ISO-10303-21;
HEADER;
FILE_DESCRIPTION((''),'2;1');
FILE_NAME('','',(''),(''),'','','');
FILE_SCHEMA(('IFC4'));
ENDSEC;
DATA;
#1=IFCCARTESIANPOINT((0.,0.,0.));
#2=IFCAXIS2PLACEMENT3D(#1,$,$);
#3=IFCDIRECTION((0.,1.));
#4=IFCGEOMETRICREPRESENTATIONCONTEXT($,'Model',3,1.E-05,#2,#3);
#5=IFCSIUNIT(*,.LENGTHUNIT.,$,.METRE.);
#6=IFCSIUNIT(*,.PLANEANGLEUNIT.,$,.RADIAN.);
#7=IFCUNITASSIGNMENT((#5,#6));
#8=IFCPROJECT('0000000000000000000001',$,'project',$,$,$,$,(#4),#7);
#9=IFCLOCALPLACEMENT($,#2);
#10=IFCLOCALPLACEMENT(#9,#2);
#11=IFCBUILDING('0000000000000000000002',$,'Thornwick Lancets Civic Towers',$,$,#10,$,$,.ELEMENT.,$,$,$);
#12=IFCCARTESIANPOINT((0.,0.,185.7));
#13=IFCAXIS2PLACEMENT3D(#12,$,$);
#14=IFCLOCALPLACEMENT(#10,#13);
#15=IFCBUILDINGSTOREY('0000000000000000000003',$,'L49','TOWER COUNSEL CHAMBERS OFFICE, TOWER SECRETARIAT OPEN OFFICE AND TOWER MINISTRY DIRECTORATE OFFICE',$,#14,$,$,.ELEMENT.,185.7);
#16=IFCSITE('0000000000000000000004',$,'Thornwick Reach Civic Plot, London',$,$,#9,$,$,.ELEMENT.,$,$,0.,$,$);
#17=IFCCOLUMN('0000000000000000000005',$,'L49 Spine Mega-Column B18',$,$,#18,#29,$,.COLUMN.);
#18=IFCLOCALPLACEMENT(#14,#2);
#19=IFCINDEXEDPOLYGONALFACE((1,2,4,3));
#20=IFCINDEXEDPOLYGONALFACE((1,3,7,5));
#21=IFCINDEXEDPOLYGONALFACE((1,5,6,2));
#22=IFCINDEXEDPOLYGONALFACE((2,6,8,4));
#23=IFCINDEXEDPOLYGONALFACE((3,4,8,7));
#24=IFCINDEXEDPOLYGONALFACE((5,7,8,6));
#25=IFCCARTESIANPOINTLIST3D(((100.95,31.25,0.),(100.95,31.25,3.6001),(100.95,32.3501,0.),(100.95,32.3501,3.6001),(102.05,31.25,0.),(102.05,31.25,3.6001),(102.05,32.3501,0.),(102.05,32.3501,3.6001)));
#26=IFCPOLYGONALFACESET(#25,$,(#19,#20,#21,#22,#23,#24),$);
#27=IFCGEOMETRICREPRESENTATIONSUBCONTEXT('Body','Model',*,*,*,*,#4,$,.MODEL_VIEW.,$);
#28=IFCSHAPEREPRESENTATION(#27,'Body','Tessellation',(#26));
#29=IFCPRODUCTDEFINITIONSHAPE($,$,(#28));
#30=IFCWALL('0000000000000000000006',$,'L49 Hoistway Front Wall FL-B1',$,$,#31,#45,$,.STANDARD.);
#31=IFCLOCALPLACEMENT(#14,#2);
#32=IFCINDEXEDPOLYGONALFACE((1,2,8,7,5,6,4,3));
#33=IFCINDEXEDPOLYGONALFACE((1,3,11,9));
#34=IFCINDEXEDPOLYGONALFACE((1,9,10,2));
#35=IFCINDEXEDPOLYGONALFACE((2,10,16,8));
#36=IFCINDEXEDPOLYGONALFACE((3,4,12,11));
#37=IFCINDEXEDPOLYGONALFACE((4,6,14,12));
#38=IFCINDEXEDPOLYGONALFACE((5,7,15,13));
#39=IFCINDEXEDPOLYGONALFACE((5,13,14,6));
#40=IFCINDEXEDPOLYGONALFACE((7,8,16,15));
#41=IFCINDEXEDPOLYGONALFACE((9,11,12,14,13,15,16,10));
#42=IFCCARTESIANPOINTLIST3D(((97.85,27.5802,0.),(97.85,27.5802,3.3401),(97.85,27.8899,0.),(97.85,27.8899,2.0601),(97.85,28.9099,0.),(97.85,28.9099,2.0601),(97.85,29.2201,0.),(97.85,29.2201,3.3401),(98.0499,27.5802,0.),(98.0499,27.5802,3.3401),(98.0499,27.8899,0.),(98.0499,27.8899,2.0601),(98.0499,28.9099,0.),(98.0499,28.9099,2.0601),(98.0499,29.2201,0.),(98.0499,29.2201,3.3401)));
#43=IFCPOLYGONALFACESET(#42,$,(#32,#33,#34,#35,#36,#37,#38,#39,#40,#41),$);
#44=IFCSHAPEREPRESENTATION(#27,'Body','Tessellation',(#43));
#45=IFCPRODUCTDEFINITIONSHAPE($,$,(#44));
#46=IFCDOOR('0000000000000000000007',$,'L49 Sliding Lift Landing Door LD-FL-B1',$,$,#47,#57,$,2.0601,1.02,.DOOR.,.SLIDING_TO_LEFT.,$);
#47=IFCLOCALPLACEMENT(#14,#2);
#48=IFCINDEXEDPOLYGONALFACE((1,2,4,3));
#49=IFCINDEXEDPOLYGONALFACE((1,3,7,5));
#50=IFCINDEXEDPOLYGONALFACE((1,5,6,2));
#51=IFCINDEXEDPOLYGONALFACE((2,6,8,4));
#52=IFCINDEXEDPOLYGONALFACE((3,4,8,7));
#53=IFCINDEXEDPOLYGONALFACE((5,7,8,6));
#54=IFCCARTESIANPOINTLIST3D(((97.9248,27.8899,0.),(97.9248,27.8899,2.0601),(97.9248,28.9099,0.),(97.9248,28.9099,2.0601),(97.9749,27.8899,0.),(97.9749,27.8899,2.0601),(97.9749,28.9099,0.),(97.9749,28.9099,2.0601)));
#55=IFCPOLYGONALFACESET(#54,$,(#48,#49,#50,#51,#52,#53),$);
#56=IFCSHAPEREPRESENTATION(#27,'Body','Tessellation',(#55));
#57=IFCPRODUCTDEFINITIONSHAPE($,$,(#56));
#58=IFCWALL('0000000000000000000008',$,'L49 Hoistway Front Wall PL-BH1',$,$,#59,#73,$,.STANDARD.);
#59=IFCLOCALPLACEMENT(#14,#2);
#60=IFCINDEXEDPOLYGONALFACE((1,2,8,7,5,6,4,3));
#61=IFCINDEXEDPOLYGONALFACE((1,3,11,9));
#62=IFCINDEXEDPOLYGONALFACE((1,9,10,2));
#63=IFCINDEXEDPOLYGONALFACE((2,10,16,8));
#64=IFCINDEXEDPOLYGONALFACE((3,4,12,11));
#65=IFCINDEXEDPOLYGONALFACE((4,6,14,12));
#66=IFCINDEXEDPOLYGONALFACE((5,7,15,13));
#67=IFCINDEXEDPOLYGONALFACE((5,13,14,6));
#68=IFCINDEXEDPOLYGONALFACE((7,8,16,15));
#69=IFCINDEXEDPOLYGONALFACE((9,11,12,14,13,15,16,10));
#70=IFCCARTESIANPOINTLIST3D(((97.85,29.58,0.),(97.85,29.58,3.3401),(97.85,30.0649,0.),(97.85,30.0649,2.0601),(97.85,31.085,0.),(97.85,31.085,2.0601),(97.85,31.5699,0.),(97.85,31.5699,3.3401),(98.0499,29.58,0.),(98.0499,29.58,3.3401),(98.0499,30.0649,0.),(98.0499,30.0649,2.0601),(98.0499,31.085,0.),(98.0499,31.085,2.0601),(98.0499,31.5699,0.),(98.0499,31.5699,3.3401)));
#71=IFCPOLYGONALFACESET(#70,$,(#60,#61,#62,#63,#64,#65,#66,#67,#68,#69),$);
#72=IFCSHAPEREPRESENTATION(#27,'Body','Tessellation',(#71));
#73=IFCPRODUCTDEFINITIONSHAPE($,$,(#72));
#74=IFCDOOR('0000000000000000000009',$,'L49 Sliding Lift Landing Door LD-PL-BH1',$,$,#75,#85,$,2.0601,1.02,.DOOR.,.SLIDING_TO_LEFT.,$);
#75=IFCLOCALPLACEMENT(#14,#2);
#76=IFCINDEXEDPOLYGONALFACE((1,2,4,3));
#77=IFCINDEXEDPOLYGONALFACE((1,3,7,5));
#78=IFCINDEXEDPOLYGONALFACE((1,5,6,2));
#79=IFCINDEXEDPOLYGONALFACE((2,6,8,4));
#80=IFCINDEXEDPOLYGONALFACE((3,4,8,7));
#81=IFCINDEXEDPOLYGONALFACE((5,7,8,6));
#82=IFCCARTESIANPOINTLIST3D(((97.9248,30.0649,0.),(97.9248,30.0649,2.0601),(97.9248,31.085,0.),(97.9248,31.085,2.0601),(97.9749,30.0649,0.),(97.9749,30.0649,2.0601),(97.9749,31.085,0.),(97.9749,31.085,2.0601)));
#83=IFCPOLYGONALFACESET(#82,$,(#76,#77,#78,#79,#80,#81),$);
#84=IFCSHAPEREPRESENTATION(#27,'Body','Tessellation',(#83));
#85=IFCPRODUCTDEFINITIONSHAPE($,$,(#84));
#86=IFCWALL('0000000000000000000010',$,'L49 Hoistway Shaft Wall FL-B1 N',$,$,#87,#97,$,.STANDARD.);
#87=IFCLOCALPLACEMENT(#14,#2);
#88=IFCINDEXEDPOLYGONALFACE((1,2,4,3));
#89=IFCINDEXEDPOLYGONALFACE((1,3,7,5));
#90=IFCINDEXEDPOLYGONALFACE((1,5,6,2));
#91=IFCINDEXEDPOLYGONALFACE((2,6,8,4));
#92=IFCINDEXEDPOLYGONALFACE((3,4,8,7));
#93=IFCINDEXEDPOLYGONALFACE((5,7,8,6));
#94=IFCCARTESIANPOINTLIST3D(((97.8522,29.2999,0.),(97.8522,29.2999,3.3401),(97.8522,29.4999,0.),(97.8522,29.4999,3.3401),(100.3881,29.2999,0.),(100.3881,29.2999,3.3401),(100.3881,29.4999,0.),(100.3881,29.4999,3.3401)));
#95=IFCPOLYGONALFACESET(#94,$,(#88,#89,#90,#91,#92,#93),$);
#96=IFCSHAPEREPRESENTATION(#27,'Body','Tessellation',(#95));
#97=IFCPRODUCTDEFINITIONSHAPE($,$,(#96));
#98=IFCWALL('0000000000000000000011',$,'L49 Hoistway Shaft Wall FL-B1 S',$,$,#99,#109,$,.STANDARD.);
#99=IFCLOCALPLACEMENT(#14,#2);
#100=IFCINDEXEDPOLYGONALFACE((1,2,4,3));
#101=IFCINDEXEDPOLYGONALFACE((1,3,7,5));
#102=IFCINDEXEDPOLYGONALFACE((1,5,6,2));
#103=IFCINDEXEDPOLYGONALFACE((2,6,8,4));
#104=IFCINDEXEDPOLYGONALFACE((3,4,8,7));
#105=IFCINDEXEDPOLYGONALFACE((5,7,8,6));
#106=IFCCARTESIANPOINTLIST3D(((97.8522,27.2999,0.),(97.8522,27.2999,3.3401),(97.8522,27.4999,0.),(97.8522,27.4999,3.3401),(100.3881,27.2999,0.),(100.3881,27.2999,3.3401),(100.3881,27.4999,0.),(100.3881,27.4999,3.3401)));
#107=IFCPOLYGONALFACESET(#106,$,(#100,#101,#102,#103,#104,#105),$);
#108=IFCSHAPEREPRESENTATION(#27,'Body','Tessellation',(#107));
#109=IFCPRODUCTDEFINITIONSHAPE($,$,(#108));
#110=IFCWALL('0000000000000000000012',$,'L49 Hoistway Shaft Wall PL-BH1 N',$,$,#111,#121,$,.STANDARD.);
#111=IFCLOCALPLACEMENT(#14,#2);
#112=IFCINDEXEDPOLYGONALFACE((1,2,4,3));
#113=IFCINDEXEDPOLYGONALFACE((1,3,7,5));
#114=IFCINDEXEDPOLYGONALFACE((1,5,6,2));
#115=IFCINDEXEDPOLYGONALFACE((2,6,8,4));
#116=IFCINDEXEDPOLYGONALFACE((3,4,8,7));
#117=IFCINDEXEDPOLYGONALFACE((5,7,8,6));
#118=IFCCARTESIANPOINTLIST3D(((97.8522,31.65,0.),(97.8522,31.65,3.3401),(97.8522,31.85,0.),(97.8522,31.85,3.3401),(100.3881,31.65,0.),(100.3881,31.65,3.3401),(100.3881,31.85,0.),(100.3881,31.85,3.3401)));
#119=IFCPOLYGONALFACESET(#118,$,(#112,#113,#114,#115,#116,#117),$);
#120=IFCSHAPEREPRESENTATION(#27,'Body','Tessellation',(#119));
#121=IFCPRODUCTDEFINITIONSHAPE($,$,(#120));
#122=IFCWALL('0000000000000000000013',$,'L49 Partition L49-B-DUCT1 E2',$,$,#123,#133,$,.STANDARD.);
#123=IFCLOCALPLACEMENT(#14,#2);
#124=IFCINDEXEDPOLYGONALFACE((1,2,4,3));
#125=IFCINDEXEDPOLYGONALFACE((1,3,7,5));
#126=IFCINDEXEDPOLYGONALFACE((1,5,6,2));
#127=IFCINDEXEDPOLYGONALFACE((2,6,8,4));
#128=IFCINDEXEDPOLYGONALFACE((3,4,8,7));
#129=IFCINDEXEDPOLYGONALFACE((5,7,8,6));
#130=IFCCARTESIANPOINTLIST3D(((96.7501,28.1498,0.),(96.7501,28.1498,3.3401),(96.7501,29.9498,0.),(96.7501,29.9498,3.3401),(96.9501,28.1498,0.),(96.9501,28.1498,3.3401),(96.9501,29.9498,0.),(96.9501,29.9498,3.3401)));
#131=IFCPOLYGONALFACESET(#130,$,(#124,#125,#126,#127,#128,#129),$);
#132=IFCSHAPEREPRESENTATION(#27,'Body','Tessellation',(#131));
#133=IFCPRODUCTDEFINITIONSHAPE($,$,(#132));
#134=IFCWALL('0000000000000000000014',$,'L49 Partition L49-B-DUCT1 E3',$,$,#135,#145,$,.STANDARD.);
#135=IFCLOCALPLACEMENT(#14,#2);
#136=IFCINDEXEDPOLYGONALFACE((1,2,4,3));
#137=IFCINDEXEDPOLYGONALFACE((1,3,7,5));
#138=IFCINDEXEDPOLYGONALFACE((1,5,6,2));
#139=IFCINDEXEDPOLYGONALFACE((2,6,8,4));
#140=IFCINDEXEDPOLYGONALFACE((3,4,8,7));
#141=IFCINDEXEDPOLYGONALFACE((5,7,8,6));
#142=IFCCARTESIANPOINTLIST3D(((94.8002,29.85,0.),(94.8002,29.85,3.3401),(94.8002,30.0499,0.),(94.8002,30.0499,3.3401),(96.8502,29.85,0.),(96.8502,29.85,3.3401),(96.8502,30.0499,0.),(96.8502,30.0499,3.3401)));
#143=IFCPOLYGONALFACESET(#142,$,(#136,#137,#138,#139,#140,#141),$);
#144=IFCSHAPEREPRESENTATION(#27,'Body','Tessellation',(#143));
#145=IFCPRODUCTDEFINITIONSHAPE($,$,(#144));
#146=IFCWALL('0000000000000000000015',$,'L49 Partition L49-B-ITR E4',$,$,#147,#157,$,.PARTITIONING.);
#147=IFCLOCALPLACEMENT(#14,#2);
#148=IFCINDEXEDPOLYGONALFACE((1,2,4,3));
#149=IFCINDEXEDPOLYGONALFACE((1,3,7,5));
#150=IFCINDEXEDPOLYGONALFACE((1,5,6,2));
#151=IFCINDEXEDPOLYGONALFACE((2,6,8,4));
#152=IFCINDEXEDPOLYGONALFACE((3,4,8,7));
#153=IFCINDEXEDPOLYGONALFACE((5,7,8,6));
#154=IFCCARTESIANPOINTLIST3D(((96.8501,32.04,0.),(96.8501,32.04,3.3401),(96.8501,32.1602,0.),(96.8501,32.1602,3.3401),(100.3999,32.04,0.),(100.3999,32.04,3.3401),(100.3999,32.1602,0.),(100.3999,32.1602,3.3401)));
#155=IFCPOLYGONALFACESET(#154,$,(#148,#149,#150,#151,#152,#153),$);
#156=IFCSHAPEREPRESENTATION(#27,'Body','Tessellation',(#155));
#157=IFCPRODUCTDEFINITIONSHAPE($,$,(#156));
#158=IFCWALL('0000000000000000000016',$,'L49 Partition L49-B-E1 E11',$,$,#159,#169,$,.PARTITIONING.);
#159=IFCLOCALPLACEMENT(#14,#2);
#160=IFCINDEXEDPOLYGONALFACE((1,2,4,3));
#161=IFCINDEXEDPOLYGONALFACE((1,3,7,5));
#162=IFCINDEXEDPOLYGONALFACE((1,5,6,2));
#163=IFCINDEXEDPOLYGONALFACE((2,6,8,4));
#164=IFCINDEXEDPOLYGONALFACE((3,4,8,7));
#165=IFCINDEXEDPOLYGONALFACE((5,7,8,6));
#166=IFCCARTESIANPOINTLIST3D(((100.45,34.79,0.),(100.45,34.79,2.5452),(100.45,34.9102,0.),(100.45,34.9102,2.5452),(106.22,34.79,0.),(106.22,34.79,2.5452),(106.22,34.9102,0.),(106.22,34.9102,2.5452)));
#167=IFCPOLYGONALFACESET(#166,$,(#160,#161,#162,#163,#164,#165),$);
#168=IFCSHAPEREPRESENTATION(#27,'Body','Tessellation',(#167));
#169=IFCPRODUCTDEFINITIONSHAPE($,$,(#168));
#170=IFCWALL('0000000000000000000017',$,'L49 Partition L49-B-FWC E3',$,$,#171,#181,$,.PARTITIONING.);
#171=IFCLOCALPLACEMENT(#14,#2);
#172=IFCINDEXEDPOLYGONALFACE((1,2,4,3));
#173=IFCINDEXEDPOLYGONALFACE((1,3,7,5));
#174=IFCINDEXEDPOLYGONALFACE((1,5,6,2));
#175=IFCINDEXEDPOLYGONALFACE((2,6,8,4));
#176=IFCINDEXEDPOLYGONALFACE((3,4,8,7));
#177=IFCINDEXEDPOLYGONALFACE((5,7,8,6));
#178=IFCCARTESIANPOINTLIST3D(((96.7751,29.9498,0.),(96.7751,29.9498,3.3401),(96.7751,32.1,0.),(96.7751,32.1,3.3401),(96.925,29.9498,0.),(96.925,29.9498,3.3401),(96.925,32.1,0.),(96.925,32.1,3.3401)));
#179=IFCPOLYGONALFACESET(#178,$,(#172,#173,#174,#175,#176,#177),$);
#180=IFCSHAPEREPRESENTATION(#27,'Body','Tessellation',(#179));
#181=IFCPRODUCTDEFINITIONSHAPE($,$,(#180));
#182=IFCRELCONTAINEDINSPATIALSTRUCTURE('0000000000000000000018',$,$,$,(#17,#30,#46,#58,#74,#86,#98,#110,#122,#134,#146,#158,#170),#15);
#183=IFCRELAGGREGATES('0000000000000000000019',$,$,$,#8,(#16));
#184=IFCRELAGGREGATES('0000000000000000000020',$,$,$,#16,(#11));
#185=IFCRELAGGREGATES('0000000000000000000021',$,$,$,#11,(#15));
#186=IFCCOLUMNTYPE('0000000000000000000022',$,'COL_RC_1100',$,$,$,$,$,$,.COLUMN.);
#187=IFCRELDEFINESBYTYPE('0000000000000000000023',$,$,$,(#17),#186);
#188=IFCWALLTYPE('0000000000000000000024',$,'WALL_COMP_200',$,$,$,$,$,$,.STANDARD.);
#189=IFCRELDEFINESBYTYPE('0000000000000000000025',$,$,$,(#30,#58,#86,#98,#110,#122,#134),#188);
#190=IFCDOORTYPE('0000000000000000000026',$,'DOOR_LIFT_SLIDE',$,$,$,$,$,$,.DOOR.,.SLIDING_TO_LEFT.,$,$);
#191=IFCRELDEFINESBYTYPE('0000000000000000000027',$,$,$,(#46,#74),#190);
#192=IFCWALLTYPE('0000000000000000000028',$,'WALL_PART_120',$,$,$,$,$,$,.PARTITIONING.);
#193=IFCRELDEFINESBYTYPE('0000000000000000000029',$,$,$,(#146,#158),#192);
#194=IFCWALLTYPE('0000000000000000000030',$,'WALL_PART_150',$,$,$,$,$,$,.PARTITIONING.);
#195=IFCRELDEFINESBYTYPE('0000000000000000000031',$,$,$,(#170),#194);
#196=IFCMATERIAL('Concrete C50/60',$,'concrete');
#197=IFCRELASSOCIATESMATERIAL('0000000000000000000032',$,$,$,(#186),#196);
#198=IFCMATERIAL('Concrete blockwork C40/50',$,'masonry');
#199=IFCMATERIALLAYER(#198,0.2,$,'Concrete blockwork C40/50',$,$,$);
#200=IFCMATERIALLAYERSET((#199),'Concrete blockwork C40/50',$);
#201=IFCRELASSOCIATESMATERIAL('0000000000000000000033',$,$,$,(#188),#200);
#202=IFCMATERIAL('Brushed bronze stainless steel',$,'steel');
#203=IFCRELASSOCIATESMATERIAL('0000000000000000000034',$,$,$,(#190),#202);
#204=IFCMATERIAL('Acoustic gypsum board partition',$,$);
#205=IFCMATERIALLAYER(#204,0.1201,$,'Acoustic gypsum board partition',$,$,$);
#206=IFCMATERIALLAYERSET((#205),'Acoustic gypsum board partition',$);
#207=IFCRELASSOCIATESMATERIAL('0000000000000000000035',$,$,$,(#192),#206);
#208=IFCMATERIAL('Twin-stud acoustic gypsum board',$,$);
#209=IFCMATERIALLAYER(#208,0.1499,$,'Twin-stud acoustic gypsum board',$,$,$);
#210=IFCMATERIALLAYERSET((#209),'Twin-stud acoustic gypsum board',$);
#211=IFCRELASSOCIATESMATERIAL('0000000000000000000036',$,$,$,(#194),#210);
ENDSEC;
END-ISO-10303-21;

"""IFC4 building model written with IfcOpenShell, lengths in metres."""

from ifc_helpers import new_model, si_unit, direction, frame, frame_2d, origin, origin_2d, place, context, subcontext, project, spatial, rectangle, extrude, material, layer, layer_set, material_profile, profile_set, type_object, element, fill, save


model = new_model("IFC4")

# Units and contexts
model_context = context("Model", 3, precision=1e-05, world=origin(), true_north=direction((0.0, 1.0)))
body_context = subcontext(model_context, "Body", "Model", "MODEL_VIEW")
ifc_project = project(units=[si_unit("LENGTHUNIT", "METRE"), si_unit("PLANEANGLEUNIT", "RADIAN")], contexts=[model_context])

# Site, building, storey
site_placement = place(None, origin())
site = spatial("IfcSite", under=ifc_project, at=site_placement, Name="Thornwick Reach Civic Plot, London", CompositionType="ELEMENT", RefElevation=0.0)
building_placement = place(site_placement, origin())
building = spatial("IfcBuilding", under=site, at=building_placement, Name="Thornwick Lancets Civic Towers", CompositionType="ELEMENT")
storey_placement = place(building_placement, frame((0.0, 0.0, 185.7)))
storey = spatial("IfcBuildingStorey", under=building, at=storey_placement, Name="L49", Description="TOWER COUNSEL CHAMBERS OFFICE, TOWER SECRETARIAT OPEN OFFICE AND TOWER MINISTRY DIRECTORATE OFFICE", CompositionType="ELEMENT", Elevation=185.7)

# Column
ifc_material_1 = material(Name="Concrete C50/60", Category="concrete")
ifc_material_profile = material_profile(ifc_material_1, rectangle(XDim=1.1001, YDim=1.1001, at=origin_2d()), Name="RC 1100x1100")
ifc_profile_set = profile_set([ifc_material_profile], Name="Concrete C50/60")
column_type = type_object("IfcColumnType", Name="COL_RC_1100", PredefinedType="COLUMN", material=ifc_profile_set)
column_placement = place(storey_placement, frame((101.5, 31.8, 0.0), z_axis=(0.0, 0.0, 1.0), x_axis=(1.0, 0.0, 0.0)))
element("IfcColumn", 1, at=column_placement, inside=storey, type_object=column_type, Name="L49 Spine Mega-Column B18", PredefinedType="COLUMN", context=body_context, shape_type="SweptSolid", body=[
    extrude(rectangle(XDim=1.1001, YDim=1.1001, at=origin_2d()), origin(), (0.0, 0.0, 1.0), 3.6001),
])

# Walls, openings, doors
ifc_material_2 = material(Name="Concrete blockwork C40/50", Category="masonry")
ifc_layer_1 = layer(ifc_material_2, 0.2, Name="Concrete blockwork C40/50")
ifc_layer_set_1 = layer_set([ifc_layer_1], Name="Concrete blockwork C40/50")
wall_type_1 = type_object("IfcWallType", Name="WALL_COMP_200", PredefinedType="STANDARD", material=ifc_layer_set_1)
wall_1_placement = place(storey_placement, frame((97.95, 29.22, 0.0), z_axis=(0.0, 0.0, 1.0), x_axis=(0.0, -1.0, 0.0)))
wall_1 = element("IfcWall", 2, at=wall_1_placement, inside=storey, type_object=wall_type_1, Name="L49 Hoistway Front Wall FL-B1", PredefinedType="STANDARD", context=body_context, shape_type="SweptSolid", body=[
    extrude(rectangle(XDim=1.6399, YDim=0.2, at=frame_2d((0.8198, 0.0))), origin(), (0.0, 0.0, 1.0), 3.3401),
])
opening_1_placement = place(wall_1_placement, frame((0.3101, 0.0, 0.0)))
opening_1 = element("IfcOpeningElement", 3, at=opening_1_placement, cuts=wall_1, PredefinedType="OPENING", context=body_context, shape_type="SweptSolid", body=[
    extrude(rectangle(XDim=1.02, YDim=2.0601, at=frame_2d((0.51, 1.03))), frame((0.0, 0.1099, 0.0), z_axis=(0.0, -1.0, 0.0), x_axis=(1.0, 0.0, 0.0)), (0.0, 0.0, 1.0), 0.22),
])
ifc_material_3 = material(Name="Brushed bronze stainless steel", Category="steel")
door_type_1 = type_object("IfcDoorType", Name="DOOR_LIFT_SLIDE", OperationType="SLIDING_TO_LEFT", PredefinedType="DOOR", material=ifc_material_3)
door_1_placement = place(opening_1_placement, origin())
door_1 = element("IfcDoor", 4, at=door_1_placement, inside=storey, type_object=door_type_1, Name="L49 Sliding Lift Landing Door LD-FL-B1", OperationType="SLIDING_TO_LEFT", OverallHeight=2.0601, OverallWidth=1.02, PredefinedType="DOOR", context=body_context, shape_type="SweptSolid", body=[
    extrude(rectangle(XDim=1.02, YDim=2.0601, at=frame_2d((0.51, 1.03))), frame((0.0, 0.0249, 0.0), z_axis=(0.0, -1.0, 0.0), x_axis=(1.0, 0.0, 0.0)), (0.0, 0.0, 1.0), 0.05),
])
fill(opening_1, door_1)
wall_2_placement = place(storey_placement, frame((97.95, 31.5701, 0.0), z_axis=(0.0, 0.0, 1.0), x_axis=(0.0, -1.0, 0.0)))
wall_2 = element("IfcWall", 5, at=wall_2_placement, inside=storey, type_object=wall_type_1, Name="L49 Hoistway Front Wall PL-BH1", PredefinedType="STANDARD", context=body_context, shape_type="SweptSolid", body=[
    extrude(rectangle(XDim=1.99, YDim=0.2, at=frame_2d((0.9951, 0.0))), origin(), (0.0, 0.0, 1.0), 3.3401),
])
opening_2_placement = place(wall_2_placement, frame((0.4851, 0.0, 0.0)))
opening_2 = element("IfcOpeningElement", 6, at=opening_2_placement, cuts=wall_2, PredefinedType="OPENING", context=body_context, shape_type="SweptSolid", body=[
    extrude(rectangle(XDim=1.02, YDim=2.0601, at=frame_2d((0.51, 1.03))), frame((0.0, 0.1099, 0.0), z_axis=(0.0, -1.0, 0.0), x_axis=(1.0, 0.0, 0.0)), (0.0, 0.0, 1.0), 0.22),
])
door_2_placement = place(opening_2_placement, origin())
door_2 = element("IfcDoor", 7, at=door_2_placement, inside=storey, type_object=door_type_1, Name="L49 Sliding Lift Landing Door LD-PL-BH1", OperationType="SLIDING_TO_LEFT", OverallHeight=2.0601, OverallWidth=1.02, PredefinedType="DOOR", context=body_context, shape_type="SweptSolid", body=[
    extrude(rectangle(XDim=1.02, YDim=2.0601, at=frame_2d((0.51, 1.03))), frame((0.0, 0.0249, 0.0), z_axis=(0.0, -1.0, 0.0), x_axis=(1.0, 0.0, 0.0)), (0.0, 0.0, 1.0), 0.05),
])
fill(opening_2, door_2)

# Walls
for number, where, z_axis, x_axis, name in (
    (8, (97.8521, 29.3999, 0.0), (0.0, 0.0, 1.0), (1.0, 0.0, 0.0), "L49 Hoistway Shaft Wall FL-B1 N"),
    (9, (97.8521, 27.3999, 0.0), (0.0, 0.0, 1.0), (1.0, 0.0, 0.0), "L49 Hoistway Shaft Wall FL-B1 S"),
    (10, (97.8521, 31.75, 0.0), (0.0, 0.0, 1.0), (1.0, 0.0, 0.0), "L49 Hoistway Shaft Wall PL-BH1 N"),
):
    element("IfcWall", number, at=place(storey_placement, frame(where, z_axis=z_axis, x_axis=x_axis)), inside=storey, type_object=wall_type_1, Name=name, PredefinedType="STANDARD", context=body_context, shape_type="SweptSolid", body=[
        extrude(rectangle(XDim=2.5359, YDim=0.2, at=frame_2d((1.2681, 0.0))), origin(), (0.0, 0.0, 1.0), 3.3401),
    ])
wall_3_placement = place(storey_placement, frame((96.8501, 28.1499, 0.0), z_axis=(0.0, 0.0, 1.0), x_axis=(0.0, 1.0, 0.0)))
element("IfcWall", 11, at=wall_3_placement, inside=storey, type_object=wall_type_1, Name="L49 Partition L49-B-DUCT1 E2", PredefinedType="STANDARD", context=body_context, shape_type="SweptSolid", body=[
    extrude(rectangle(XDim=1.8, YDim=0.2, at=frame_2d((0.8999, 0.0))), origin(), (0.0, 0.0, 1.0), 3.3401),
])
wall_4_placement = place(storey_placement, frame((96.8501, 29.95, 0.0), z_axis=(0.0, 0.0, 1.0), x_axis=(-1.0, 0.0, 0.0)))
element("IfcWall", 12, at=wall_4_placement, inside=storey, type_object=wall_type_1, Name="L49 Partition L49-B-DUCT1 E3", PredefinedType="STANDARD", context=body_context, shape_type="SweptSolid", body=[
    extrude(rectangle(XDim=2.05, YDim=0.2, at=frame_2d((1.0249, 0.0))), origin(), (0.0, 0.0, 1.0), 3.3401),
])
ifc_material_4 = material(Name="Acoustic gypsum board partition")
ifc_layer_2 = layer(ifc_material_4, 0.1201, Name="Acoustic gypsum board partition")
ifc_layer_set_2 = layer_set([ifc_layer_2], Name="Acoustic gypsum board partition")
wall_type_2 = type_object("IfcWallType", Name="WALL_PART_120", PredefinedType="PARTITIONING", material=ifc_layer_set_2)
wall_5_placement = place(storey_placement, frame((100.3999, 32.1001, 0.0), z_axis=(0.0, 0.0, 1.0), x_axis=(-1.0, 0.0, 0.0)))
element("IfcWall", 13, at=wall_5_placement, inside=storey, type_object=wall_type_2, Name="L49 Partition L49-B-ITR E4", PredefinedType="PARTITIONING", context=body_context, shape_type="SweptSolid", body=[
    extrude(rectangle(XDim=3.5498, YDim=0.1201, at=frame_2d((1.7749, 0.0))), origin(), (0.0, 0.0, 1.0), 3.3401),
])
wall_6_placement = place(storey_placement, frame((106.22, 34.8501, 0.0), z_axis=(0.0, 0.0, 1.0), x_axis=(-1.0, 0.0, 0.0)))
element("IfcWall", 14, at=wall_6_placement, inside=storey, type_object=wall_type_2, Name="L49 Partition L49-B-E1 E11", PredefinedType="PARTITIONING", context=body_context, shape_type="SweptSolid", body=[
    extrude(rectangle(XDim=5.77, YDim=0.1201, at=frame_2d((2.885, 0.0))), origin(), (0.0, 0.0, 1.0), 2.5452),
])
ifc_material_5 = material(Name="Twin-stud acoustic gypsum board")
ifc_layer_3 = layer(ifc_material_5, 0.1499, Name="Twin-stud acoustic gypsum board")
ifc_layer_set_3 = layer_set([ifc_layer_3], Name="Twin-stud acoustic gypsum board")
wall_type_3 = type_object("IfcWallType", Name="WALL_PART_150", PredefinedType="PARTITIONING", material=ifc_layer_set_3)
wall_7_placement = place(storey_placement, frame((96.8501, 32.1001, 0.0), z_axis=(0.0, 0.0, 1.0), x_axis=(0.0, -1.0, 0.0)))
element("IfcWall", 15, at=wall_7_placement, inside=storey, type_object=wall_type_3, Name="L49 Partition L49-B-FWC E3", PredefinedType="PARTITIONING", context=body_context, shape_type="SweptSolid", body=[
    extrude(rectangle(XDim=2.1501, YDim=0.1499, at=frame_2d((1.0752, 0.0))), origin(), (0.0, 0.0, 1.0), 3.3401),
])

save(model, "model.ifc")
